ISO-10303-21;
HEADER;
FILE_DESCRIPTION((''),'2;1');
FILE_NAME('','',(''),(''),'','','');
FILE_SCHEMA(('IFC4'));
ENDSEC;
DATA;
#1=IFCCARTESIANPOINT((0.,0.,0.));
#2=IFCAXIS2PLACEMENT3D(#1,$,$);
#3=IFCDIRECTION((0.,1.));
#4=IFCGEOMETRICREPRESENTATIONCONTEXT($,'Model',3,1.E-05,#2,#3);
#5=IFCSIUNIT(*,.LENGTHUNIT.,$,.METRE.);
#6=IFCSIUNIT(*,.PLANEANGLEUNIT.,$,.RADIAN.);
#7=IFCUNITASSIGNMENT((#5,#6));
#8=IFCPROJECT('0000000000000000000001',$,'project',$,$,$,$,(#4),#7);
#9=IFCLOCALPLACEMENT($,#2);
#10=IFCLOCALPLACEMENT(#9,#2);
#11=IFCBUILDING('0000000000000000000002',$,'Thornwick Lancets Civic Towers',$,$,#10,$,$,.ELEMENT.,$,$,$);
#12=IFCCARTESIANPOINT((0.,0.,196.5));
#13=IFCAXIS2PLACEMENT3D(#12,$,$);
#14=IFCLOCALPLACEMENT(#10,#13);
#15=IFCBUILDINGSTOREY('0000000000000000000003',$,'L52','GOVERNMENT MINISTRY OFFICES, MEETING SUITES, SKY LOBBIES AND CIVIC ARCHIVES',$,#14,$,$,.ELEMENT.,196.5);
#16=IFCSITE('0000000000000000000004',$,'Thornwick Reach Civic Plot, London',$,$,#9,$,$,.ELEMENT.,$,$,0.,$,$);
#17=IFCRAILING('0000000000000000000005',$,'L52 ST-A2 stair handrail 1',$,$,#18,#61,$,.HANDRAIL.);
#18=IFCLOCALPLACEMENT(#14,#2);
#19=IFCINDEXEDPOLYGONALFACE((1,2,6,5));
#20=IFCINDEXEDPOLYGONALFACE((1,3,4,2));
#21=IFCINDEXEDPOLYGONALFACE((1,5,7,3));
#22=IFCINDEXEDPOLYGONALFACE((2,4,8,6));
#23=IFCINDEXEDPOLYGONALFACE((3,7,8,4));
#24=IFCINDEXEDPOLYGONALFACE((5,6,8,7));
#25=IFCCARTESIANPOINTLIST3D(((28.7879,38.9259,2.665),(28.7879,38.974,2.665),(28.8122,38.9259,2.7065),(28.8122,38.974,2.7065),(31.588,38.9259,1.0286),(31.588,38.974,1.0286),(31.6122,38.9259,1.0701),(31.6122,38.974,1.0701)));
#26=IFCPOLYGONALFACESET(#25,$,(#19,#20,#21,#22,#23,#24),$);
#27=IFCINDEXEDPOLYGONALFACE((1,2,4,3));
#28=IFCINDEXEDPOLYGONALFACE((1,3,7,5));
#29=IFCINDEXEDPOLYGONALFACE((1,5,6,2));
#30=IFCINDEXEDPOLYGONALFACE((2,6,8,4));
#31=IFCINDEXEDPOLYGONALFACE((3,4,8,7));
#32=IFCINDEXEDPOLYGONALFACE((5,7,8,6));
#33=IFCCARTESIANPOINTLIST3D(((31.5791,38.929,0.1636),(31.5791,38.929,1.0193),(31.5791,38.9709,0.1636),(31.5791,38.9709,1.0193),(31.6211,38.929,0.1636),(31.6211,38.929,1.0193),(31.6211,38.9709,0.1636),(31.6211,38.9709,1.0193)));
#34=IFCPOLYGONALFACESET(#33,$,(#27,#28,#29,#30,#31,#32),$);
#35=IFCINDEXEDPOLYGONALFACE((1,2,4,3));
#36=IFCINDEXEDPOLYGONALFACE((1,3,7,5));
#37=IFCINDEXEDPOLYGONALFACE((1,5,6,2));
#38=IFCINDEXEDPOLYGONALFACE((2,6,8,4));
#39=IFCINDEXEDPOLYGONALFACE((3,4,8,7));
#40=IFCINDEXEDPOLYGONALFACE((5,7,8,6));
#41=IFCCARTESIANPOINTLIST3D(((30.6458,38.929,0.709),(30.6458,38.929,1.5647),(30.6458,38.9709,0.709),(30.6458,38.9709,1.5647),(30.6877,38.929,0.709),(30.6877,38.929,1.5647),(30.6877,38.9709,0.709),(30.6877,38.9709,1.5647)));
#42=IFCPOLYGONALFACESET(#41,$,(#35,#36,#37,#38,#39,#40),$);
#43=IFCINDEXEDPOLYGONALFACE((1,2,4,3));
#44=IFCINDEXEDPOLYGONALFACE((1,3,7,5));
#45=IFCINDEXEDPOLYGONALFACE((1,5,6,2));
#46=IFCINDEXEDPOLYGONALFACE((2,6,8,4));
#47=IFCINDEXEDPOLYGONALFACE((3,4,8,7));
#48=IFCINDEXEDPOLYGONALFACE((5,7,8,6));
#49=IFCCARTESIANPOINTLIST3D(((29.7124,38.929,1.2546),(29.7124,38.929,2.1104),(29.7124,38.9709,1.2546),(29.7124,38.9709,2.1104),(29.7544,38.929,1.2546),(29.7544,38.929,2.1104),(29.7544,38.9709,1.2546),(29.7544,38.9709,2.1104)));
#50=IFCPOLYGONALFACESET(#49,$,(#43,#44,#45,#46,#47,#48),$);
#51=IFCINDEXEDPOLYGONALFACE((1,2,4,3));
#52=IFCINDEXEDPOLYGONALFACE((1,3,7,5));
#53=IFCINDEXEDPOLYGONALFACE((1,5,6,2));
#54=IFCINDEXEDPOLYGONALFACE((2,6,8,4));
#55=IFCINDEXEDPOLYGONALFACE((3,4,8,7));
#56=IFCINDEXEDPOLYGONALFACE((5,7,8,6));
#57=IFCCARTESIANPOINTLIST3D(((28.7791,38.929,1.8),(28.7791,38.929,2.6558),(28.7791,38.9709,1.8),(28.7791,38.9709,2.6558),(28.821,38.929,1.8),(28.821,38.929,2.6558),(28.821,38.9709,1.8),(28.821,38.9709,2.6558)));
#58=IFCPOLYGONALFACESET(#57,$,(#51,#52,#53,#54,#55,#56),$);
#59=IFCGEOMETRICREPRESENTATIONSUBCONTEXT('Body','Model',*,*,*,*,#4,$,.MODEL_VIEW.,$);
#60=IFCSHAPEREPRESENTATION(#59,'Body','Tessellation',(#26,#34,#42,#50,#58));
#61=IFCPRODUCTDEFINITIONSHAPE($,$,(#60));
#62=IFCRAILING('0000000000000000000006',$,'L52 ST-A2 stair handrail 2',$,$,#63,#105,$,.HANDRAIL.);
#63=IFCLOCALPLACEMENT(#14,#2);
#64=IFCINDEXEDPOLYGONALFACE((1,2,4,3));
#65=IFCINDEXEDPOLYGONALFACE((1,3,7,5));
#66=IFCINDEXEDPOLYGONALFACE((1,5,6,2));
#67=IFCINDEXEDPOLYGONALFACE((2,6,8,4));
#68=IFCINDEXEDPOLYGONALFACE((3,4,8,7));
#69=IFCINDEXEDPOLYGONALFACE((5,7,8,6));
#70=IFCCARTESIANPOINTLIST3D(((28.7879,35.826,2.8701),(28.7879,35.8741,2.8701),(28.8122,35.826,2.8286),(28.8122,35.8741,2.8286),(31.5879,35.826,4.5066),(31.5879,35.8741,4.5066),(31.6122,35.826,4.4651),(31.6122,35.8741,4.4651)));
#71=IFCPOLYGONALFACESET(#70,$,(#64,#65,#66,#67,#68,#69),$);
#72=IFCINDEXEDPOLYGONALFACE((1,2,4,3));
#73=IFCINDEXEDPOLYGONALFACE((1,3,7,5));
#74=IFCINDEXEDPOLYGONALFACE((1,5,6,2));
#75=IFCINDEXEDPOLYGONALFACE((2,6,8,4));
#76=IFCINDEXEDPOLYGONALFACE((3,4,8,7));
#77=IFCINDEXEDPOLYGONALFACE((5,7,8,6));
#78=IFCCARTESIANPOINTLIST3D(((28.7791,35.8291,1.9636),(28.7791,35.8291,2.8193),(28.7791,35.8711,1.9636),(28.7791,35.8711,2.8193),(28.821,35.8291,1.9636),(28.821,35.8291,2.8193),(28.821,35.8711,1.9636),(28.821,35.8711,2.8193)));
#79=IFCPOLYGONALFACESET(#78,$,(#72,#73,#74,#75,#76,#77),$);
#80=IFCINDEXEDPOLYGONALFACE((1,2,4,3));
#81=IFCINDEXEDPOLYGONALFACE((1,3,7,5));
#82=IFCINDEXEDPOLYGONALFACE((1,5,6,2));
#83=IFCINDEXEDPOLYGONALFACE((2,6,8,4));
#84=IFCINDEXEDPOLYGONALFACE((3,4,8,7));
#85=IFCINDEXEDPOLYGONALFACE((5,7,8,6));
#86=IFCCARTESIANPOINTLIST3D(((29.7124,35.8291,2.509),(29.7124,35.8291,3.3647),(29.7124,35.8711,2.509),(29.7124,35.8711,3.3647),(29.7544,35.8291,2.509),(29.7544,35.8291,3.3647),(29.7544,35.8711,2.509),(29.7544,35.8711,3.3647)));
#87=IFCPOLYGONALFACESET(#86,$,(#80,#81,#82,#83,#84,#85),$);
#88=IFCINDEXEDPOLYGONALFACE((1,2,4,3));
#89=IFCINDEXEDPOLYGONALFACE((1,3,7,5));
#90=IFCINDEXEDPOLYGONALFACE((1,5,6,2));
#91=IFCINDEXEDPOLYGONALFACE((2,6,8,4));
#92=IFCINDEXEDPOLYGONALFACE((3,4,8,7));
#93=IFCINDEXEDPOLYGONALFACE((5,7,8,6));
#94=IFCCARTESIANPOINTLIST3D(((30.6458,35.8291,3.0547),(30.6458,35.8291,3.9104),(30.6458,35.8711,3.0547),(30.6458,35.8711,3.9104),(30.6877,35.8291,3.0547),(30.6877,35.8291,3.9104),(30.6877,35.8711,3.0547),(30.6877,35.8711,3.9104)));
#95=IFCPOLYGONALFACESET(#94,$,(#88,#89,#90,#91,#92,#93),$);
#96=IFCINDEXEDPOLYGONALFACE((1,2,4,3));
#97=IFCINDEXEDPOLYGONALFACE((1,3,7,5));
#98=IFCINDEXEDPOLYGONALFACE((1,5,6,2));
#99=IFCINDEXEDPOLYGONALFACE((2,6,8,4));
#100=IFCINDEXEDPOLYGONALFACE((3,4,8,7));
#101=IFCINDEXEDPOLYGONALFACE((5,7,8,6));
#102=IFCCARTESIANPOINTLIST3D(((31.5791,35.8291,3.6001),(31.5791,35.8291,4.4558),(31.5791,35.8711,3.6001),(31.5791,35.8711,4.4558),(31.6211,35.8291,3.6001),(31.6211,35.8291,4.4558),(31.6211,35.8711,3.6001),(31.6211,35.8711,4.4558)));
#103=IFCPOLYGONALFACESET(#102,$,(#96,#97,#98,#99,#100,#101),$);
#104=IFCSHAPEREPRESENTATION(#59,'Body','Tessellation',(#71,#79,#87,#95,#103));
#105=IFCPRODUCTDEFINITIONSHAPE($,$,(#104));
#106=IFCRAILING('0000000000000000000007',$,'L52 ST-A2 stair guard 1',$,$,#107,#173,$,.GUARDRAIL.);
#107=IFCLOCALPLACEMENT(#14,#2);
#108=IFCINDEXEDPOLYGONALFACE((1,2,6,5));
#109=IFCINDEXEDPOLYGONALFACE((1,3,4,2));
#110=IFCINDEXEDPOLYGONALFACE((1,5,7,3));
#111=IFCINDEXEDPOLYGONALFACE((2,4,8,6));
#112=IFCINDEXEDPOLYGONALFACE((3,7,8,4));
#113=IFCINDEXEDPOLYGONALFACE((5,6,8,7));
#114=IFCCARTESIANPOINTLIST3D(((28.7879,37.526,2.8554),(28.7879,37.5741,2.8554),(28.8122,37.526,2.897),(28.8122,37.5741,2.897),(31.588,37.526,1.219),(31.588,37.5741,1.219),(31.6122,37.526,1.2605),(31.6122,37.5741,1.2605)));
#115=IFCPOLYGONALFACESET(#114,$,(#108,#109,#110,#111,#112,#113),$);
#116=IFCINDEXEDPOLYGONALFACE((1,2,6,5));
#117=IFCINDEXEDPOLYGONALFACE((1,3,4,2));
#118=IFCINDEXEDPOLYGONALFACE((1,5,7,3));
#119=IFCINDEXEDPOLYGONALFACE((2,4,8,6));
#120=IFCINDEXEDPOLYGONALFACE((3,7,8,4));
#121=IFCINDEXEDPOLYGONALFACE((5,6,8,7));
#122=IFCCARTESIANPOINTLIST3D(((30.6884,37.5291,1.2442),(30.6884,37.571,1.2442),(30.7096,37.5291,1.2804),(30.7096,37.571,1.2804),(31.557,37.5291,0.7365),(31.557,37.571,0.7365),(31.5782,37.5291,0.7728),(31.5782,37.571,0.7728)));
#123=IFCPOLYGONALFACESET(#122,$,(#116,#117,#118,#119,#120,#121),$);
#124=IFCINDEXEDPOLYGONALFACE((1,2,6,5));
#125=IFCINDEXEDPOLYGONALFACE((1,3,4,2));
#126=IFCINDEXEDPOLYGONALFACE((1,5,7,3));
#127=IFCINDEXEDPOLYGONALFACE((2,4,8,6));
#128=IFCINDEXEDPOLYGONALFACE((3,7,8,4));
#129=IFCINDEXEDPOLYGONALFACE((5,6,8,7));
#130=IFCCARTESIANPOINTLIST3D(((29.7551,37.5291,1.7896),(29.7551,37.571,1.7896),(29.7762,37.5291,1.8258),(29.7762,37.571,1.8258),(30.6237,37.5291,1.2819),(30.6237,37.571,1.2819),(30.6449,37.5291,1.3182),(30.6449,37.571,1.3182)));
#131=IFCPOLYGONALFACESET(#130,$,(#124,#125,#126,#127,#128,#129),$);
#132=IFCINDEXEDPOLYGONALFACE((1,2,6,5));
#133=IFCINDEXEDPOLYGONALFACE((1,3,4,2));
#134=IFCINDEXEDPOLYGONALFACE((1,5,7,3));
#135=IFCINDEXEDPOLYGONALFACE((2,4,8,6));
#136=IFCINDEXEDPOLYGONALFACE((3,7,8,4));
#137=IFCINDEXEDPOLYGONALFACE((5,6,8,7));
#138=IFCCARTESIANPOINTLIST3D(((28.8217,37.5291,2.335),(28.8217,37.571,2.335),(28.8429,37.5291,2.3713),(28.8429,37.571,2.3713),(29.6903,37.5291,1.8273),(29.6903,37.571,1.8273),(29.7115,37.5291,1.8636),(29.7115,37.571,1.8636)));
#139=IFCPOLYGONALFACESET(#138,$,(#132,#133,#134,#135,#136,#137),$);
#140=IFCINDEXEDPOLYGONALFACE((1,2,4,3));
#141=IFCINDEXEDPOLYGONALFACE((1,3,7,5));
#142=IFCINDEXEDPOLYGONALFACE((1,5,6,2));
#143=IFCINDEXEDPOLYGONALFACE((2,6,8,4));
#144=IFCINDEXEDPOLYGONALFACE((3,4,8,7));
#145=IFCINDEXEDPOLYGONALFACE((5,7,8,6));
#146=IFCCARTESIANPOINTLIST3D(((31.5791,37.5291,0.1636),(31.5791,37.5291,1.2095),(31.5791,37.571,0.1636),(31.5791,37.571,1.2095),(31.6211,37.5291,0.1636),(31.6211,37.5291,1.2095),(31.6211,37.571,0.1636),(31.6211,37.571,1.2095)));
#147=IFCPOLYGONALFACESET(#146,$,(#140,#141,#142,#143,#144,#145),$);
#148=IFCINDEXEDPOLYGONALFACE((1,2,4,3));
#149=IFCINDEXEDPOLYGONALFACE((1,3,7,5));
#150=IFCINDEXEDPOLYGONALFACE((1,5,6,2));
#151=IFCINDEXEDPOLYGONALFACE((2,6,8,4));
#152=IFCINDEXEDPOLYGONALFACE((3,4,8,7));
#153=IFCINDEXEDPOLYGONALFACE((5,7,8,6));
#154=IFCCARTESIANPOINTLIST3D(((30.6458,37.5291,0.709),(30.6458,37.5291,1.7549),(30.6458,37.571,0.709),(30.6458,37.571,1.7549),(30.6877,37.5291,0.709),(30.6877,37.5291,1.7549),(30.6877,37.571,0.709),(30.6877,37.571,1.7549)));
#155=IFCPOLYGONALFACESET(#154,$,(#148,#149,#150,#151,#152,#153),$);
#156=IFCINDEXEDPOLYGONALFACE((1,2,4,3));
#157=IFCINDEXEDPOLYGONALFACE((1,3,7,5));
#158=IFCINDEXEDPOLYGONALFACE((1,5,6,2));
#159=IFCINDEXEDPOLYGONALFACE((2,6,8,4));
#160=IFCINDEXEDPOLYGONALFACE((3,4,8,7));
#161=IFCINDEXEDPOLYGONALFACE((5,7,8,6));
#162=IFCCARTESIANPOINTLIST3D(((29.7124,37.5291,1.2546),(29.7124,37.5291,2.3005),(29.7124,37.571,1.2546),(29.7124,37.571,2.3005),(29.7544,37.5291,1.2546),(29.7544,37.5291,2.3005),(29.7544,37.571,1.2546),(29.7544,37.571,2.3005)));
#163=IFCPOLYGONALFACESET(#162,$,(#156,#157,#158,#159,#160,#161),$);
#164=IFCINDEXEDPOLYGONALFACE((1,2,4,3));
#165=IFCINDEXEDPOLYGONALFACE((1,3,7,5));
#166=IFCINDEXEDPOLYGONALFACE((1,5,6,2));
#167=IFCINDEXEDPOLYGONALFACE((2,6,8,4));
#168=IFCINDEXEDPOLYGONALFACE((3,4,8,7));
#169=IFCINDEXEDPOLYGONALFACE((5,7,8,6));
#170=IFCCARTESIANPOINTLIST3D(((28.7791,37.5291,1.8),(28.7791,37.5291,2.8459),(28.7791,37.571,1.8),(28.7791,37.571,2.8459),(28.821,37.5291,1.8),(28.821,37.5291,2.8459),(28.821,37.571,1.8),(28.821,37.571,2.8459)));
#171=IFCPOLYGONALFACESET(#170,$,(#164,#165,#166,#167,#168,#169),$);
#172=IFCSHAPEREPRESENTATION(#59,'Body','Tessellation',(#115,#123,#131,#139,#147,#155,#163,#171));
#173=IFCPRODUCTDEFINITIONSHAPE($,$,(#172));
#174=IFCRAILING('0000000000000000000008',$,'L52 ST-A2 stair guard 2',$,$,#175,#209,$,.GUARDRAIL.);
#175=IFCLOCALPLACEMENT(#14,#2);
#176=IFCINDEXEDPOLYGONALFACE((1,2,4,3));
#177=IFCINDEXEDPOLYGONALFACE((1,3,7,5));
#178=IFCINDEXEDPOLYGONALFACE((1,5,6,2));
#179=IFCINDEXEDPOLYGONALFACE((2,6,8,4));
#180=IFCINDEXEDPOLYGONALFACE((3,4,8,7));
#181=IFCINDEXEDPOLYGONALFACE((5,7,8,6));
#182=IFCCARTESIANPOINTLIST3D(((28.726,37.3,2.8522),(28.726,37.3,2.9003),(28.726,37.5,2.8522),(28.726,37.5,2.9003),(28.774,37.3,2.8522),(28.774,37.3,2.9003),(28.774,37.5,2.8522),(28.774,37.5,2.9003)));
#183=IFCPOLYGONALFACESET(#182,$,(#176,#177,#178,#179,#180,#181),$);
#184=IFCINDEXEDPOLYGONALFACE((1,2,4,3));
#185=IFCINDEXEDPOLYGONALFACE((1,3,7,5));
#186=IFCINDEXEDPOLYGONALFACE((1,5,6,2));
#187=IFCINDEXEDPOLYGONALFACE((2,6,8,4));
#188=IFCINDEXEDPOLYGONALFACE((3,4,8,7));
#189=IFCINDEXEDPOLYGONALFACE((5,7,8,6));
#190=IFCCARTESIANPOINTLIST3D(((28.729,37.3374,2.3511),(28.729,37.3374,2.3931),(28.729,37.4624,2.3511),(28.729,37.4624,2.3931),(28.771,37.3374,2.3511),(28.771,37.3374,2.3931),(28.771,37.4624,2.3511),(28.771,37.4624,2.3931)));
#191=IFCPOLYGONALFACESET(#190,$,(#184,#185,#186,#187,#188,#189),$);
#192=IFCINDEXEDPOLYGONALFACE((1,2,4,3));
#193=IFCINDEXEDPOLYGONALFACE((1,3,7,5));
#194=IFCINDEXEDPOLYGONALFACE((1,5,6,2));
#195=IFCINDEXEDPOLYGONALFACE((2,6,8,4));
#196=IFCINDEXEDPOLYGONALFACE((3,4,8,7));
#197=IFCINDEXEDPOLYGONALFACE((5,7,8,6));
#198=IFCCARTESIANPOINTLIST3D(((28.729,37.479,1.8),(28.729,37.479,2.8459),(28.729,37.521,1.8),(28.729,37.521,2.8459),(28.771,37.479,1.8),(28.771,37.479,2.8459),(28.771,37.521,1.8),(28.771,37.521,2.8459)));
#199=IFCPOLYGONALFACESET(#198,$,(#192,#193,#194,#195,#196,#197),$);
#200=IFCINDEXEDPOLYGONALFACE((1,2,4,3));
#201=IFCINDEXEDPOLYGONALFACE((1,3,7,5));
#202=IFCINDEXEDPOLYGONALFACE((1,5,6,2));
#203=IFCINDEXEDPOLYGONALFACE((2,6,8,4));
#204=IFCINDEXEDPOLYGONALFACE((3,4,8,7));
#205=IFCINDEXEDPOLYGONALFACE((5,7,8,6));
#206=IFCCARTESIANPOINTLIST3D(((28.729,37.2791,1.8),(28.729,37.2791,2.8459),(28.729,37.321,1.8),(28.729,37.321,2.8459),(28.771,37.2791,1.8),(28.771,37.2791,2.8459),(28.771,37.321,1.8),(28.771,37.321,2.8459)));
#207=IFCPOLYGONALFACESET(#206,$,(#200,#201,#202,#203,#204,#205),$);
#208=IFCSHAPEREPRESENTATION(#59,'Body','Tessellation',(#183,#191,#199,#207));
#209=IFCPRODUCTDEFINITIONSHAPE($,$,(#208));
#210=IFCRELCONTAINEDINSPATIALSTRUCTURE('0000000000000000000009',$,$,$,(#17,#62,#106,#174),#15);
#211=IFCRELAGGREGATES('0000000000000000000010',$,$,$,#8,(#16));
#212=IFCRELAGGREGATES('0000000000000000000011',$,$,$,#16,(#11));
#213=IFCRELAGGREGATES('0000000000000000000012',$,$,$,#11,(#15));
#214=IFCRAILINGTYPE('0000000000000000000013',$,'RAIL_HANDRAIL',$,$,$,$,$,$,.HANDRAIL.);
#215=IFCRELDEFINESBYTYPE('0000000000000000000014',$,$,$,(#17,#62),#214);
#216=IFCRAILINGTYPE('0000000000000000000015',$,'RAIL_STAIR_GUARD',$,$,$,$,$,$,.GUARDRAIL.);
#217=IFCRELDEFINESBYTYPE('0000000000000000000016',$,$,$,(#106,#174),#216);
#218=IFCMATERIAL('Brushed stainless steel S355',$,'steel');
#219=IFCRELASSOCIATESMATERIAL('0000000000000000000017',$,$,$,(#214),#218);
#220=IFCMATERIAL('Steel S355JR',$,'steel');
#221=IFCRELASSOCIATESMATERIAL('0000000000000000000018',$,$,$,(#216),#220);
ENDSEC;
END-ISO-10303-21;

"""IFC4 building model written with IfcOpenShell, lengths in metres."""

from ifc_helpers import new_model, si_unit, direction, frame, origin, origin_2d, place, context, subcontext, project, spatial, rectangle, extrude, material, type_object, element, save


model = new_model("IFC4")

# Units and contexts
model_context = context("Model", 3, precision=1e-05, world=origin(), true_north=direction((0.0, 1.0)))
body_context = subcontext(model_context, "Body", "Model", "MODEL_VIEW")
ifc_project = project(units=[si_unit("LENGTHUNIT", "METRE"), si_unit("PLANEANGLEUNIT", "RADIAN")], contexts=[model_context])

# Site, building, storey
site_placement = place(None, origin())
site = spatial("IfcSite", under=ifc_project, at=site_placement, Name="Thornwick Reach Civic Plot, London", CompositionType="ELEMENT", RefElevation=0.0)
building_placement = place(site_placement, origin())
building = spatial("IfcBuilding", under=site, at=building_placement, Name="Thornwick Lancets Civic Towers", CompositionType="ELEMENT")
storey_placement = place(building_placement, frame((0.0, 0.0, 196.5)))
storey = spatial("IfcBuildingStorey", under=building, at=storey_placement, Name="L52", Description="GOVERNMENT MINISTRY OFFICES, MEETING SUITES, SKY LOBBIES AND CIVIC ARCHIVES", CompositionType="ELEMENT", Elevation=196.5)

# Shared definitions
ifc_material_1 = material(Name="Steel S355JR", Category="steel")

# Railings
ifc_material_2 = material(Name="Brushed stainless steel S355", Category="steel")
railing_type_1 = type_object("IfcRailingType", Name="RAIL_HANDRAIL", PredefinedType="HANDRAIL", material=ifc_material_2)
railing_1_placement = place(storey_placement, frame((31.6001, 38.95, 0.1636)))
element("IfcRailing", 1, at=railing_1_placement, inside=storey, type_object=railing_type_1, Name="L52 ST-A2 stair handrail 1", PredefinedType="HANDRAIL", context=body_context, shape_type="SweptSolid", body=[
    extrude(rectangle(XDim=0.0481, YDim=0.0481, at=origin_2d()), frame((0.0, 0.0, 0.8857), z_axis=(-0.863361, 0.0, 0.504587), x_axis=(0.0, -1.0, 0.0)), (0.0, 0.0, 1.0), 3.2432),
    extrude(rectangle(XDim=0.042, YDim=0.042, at=origin_2d()), origin(), (0.0, 0.0, 1.0), 0.8557),
    extrude(rectangle(XDim=0.042, YDim=0.042, at=origin_2d()), frame((-0.9333, 0.0, 0.5454)), (0.0, 0.0, 1.0), 0.8557),
    extrude(rectangle(XDim=0.042, YDim=0.042, at=origin_2d()), frame((-1.8667, 0.0, 1.0911)), (0.0, 0.0, 1.0), 0.8557),
    extrude(rectangle(XDim=0.042, YDim=0.042, at=origin_2d()), frame((-2.8, 0.0, 1.6365)), (0.0, 0.0, 1.0), 0.8557),
])
railing_2_placement = place(storey_placement, frame((28.8, 35.8501, 1.9636)))
element("IfcRailing", 2, at=railing_2_placement, inside=storey, type_object=railing_type_1, Name="L52 ST-A2 stair handrail 2", PredefinedType="HANDRAIL", context=body_context, shape_type="SweptSolid", body=[
    extrude(rectangle(XDim=0.0481, YDim=0.0481, at=origin_2d()), frame((0.0, 0.0, 0.8857), z_axis=(0.863361, 0.0, 0.504587), x_axis=(0.0, 1.0, 0.0)), (0.0, 0.0, 1.0), 3.2432),
    extrude(rectangle(XDim=0.042, YDim=0.042, at=origin_2d()), origin(), (0.0, 0.0, 1.0), 0.8557),
    extrude(rectangle(XDim=0.042, YDim=0.042, at=origin_2d()), frame((0.9333, 0.0, 0.5454)), (0.0, 0.0, 1.0), 0.8557),
    extrude(rectangle(XDim=0.042, YDim=0.042, at=origin_2d()), frame((1.8667, 0.0, 1.0911)), (0.0, 0.0, 1.0), 0.8557),
    extrude(rectangle(XDim=0.042, YDim=0.042, at=origin_2d()), frame((2.8, 0.0, 1.6365)), (0.0, 0.0, 1.0), 0.8557),
])
railing_type_2 = type_object("IfcRailingType", Name="RAIL_STAIR_GUARD", PredefinedType="GUARDRAIL", material=ifc_material_1)
railing_3_placement = place(storey_placement, frame((31.6001, 37.55, 0.1636)))
element("IfcRailing", 3, at=railing_3_placement, inside=storey, type_object=railing_type_2, Name="L52 ST-A2 stair guard 1", PredefinedType="GUARDRAIL", context=body_context, shape_type="SweptSolid", body=[
    extrude(rectangle(XDim=0.0481, YDim=0.0481, at=origin_2d()), frame((0.0, 0.0, 1.0762), z_axis=(-0.863361, 0.0, 0.504587), x_axis=(0.0, -1.0, 0.0)), (0.0, 0.0, 1.0), 3.2432),
    extrude(rectangle(XDim=0.042, YDim=0.042, at=origin_2d()), frame((-0.0325, 0.0, 0.5911), z_axis=(-0.863361, 0.0, 0.504587), x_axis=(0.0, -1.0, 0.0)), (0.0, 0.0, 1.0), 1.0061),
    extrude(rectangle(XDim=0.042, YDim=0.042, at=origin_2d()), frame((-0.9658, 0.0, 1.1365), z_axis=(-0.863361, 0.0, 0.504587), x_axis=(0.0, -1.0, 0.0)), (0.0, 0.0, 1.0), 1.0061),
    extrude(rectangle(XDim=0.042, YDim=0.042, at=origin_2d()), frame((-1.8992, 0.0, 1.6819), z_axis=(-0.863361, 0.0, 0.504587), x_axis=(0.0, -1.0, 0.0)), (0.0, 0.0, 1.0), 1.0061),
    extrude(rectangle(XDim=0.042, YDim=0.042, at=origin_2d()), origin(), (0.0, 0.0, 1.0), 1.0459),
    extrude(rectangle(XDim=0.042, YDim=0.042, at=origin_2d()), frame((-0.9333, 0.0, 0.5454)), (0.0, 0.0, 1.0), 1.0459),
    extrude(rectangle(XDim=0.042, YDim=0.042, at=origin_2d()), frame((-1.8667, 0.0, 1.0911)), (0.0, 0.0, 1.0), 1.0459),
    extrude(rectangle(XDim=0.042, YDim=0.042, at=origin_2d()), frame((-2.8, 0.0, 1.6365)), (0.0, 0.0, 1.0), 1.0459),
])
railing_4_placement = place(storey_placement, frame((28.75, 37.5, 1.8)))
element("IfcRailing", 4, at=railing_4_placement, inside=storey, type_object=railing_type_2, Name="L52 ST-A2 stair guard 2", PredefinedType="GUARDRAIL", context=body_context, shape_type="SweptSolid", body=[
    extrude(rectangle(XDim=0.0481, YDim=0.0481, at=origin_2d()), frame((0.0, 0.0, 1.0762), z_axis=(0.0, -1.0, 0.0), x_axis=(1.0, 0.0, 0.0)), (0.0, 0.0, 1.0), 0.2),
    extrude(rectangle(XDim=0.042, YDim=0.042, at=origin_2d()), frame((0.0, -0.0376, 0.572), z_axis=(0.0, -1.0, 0.0), x_axis=(1.0, 0.0, 0.0)), (0.0, 0.0, 1.0), 0.125),
    extrude(rectangle(XDim=0.042, YDim=0.042, at=origin_2d()), origin(), (0.0, 0.0, 1.0), 1.0459),
    extrude(rectangle(XDim=0.042, YDim=0.042, at=origin_2d()), frame((0.0, -0.2, 0.0)), (0.0, 0.0, 1.0), 1.0459),
])

save(model, "model.ifc")
